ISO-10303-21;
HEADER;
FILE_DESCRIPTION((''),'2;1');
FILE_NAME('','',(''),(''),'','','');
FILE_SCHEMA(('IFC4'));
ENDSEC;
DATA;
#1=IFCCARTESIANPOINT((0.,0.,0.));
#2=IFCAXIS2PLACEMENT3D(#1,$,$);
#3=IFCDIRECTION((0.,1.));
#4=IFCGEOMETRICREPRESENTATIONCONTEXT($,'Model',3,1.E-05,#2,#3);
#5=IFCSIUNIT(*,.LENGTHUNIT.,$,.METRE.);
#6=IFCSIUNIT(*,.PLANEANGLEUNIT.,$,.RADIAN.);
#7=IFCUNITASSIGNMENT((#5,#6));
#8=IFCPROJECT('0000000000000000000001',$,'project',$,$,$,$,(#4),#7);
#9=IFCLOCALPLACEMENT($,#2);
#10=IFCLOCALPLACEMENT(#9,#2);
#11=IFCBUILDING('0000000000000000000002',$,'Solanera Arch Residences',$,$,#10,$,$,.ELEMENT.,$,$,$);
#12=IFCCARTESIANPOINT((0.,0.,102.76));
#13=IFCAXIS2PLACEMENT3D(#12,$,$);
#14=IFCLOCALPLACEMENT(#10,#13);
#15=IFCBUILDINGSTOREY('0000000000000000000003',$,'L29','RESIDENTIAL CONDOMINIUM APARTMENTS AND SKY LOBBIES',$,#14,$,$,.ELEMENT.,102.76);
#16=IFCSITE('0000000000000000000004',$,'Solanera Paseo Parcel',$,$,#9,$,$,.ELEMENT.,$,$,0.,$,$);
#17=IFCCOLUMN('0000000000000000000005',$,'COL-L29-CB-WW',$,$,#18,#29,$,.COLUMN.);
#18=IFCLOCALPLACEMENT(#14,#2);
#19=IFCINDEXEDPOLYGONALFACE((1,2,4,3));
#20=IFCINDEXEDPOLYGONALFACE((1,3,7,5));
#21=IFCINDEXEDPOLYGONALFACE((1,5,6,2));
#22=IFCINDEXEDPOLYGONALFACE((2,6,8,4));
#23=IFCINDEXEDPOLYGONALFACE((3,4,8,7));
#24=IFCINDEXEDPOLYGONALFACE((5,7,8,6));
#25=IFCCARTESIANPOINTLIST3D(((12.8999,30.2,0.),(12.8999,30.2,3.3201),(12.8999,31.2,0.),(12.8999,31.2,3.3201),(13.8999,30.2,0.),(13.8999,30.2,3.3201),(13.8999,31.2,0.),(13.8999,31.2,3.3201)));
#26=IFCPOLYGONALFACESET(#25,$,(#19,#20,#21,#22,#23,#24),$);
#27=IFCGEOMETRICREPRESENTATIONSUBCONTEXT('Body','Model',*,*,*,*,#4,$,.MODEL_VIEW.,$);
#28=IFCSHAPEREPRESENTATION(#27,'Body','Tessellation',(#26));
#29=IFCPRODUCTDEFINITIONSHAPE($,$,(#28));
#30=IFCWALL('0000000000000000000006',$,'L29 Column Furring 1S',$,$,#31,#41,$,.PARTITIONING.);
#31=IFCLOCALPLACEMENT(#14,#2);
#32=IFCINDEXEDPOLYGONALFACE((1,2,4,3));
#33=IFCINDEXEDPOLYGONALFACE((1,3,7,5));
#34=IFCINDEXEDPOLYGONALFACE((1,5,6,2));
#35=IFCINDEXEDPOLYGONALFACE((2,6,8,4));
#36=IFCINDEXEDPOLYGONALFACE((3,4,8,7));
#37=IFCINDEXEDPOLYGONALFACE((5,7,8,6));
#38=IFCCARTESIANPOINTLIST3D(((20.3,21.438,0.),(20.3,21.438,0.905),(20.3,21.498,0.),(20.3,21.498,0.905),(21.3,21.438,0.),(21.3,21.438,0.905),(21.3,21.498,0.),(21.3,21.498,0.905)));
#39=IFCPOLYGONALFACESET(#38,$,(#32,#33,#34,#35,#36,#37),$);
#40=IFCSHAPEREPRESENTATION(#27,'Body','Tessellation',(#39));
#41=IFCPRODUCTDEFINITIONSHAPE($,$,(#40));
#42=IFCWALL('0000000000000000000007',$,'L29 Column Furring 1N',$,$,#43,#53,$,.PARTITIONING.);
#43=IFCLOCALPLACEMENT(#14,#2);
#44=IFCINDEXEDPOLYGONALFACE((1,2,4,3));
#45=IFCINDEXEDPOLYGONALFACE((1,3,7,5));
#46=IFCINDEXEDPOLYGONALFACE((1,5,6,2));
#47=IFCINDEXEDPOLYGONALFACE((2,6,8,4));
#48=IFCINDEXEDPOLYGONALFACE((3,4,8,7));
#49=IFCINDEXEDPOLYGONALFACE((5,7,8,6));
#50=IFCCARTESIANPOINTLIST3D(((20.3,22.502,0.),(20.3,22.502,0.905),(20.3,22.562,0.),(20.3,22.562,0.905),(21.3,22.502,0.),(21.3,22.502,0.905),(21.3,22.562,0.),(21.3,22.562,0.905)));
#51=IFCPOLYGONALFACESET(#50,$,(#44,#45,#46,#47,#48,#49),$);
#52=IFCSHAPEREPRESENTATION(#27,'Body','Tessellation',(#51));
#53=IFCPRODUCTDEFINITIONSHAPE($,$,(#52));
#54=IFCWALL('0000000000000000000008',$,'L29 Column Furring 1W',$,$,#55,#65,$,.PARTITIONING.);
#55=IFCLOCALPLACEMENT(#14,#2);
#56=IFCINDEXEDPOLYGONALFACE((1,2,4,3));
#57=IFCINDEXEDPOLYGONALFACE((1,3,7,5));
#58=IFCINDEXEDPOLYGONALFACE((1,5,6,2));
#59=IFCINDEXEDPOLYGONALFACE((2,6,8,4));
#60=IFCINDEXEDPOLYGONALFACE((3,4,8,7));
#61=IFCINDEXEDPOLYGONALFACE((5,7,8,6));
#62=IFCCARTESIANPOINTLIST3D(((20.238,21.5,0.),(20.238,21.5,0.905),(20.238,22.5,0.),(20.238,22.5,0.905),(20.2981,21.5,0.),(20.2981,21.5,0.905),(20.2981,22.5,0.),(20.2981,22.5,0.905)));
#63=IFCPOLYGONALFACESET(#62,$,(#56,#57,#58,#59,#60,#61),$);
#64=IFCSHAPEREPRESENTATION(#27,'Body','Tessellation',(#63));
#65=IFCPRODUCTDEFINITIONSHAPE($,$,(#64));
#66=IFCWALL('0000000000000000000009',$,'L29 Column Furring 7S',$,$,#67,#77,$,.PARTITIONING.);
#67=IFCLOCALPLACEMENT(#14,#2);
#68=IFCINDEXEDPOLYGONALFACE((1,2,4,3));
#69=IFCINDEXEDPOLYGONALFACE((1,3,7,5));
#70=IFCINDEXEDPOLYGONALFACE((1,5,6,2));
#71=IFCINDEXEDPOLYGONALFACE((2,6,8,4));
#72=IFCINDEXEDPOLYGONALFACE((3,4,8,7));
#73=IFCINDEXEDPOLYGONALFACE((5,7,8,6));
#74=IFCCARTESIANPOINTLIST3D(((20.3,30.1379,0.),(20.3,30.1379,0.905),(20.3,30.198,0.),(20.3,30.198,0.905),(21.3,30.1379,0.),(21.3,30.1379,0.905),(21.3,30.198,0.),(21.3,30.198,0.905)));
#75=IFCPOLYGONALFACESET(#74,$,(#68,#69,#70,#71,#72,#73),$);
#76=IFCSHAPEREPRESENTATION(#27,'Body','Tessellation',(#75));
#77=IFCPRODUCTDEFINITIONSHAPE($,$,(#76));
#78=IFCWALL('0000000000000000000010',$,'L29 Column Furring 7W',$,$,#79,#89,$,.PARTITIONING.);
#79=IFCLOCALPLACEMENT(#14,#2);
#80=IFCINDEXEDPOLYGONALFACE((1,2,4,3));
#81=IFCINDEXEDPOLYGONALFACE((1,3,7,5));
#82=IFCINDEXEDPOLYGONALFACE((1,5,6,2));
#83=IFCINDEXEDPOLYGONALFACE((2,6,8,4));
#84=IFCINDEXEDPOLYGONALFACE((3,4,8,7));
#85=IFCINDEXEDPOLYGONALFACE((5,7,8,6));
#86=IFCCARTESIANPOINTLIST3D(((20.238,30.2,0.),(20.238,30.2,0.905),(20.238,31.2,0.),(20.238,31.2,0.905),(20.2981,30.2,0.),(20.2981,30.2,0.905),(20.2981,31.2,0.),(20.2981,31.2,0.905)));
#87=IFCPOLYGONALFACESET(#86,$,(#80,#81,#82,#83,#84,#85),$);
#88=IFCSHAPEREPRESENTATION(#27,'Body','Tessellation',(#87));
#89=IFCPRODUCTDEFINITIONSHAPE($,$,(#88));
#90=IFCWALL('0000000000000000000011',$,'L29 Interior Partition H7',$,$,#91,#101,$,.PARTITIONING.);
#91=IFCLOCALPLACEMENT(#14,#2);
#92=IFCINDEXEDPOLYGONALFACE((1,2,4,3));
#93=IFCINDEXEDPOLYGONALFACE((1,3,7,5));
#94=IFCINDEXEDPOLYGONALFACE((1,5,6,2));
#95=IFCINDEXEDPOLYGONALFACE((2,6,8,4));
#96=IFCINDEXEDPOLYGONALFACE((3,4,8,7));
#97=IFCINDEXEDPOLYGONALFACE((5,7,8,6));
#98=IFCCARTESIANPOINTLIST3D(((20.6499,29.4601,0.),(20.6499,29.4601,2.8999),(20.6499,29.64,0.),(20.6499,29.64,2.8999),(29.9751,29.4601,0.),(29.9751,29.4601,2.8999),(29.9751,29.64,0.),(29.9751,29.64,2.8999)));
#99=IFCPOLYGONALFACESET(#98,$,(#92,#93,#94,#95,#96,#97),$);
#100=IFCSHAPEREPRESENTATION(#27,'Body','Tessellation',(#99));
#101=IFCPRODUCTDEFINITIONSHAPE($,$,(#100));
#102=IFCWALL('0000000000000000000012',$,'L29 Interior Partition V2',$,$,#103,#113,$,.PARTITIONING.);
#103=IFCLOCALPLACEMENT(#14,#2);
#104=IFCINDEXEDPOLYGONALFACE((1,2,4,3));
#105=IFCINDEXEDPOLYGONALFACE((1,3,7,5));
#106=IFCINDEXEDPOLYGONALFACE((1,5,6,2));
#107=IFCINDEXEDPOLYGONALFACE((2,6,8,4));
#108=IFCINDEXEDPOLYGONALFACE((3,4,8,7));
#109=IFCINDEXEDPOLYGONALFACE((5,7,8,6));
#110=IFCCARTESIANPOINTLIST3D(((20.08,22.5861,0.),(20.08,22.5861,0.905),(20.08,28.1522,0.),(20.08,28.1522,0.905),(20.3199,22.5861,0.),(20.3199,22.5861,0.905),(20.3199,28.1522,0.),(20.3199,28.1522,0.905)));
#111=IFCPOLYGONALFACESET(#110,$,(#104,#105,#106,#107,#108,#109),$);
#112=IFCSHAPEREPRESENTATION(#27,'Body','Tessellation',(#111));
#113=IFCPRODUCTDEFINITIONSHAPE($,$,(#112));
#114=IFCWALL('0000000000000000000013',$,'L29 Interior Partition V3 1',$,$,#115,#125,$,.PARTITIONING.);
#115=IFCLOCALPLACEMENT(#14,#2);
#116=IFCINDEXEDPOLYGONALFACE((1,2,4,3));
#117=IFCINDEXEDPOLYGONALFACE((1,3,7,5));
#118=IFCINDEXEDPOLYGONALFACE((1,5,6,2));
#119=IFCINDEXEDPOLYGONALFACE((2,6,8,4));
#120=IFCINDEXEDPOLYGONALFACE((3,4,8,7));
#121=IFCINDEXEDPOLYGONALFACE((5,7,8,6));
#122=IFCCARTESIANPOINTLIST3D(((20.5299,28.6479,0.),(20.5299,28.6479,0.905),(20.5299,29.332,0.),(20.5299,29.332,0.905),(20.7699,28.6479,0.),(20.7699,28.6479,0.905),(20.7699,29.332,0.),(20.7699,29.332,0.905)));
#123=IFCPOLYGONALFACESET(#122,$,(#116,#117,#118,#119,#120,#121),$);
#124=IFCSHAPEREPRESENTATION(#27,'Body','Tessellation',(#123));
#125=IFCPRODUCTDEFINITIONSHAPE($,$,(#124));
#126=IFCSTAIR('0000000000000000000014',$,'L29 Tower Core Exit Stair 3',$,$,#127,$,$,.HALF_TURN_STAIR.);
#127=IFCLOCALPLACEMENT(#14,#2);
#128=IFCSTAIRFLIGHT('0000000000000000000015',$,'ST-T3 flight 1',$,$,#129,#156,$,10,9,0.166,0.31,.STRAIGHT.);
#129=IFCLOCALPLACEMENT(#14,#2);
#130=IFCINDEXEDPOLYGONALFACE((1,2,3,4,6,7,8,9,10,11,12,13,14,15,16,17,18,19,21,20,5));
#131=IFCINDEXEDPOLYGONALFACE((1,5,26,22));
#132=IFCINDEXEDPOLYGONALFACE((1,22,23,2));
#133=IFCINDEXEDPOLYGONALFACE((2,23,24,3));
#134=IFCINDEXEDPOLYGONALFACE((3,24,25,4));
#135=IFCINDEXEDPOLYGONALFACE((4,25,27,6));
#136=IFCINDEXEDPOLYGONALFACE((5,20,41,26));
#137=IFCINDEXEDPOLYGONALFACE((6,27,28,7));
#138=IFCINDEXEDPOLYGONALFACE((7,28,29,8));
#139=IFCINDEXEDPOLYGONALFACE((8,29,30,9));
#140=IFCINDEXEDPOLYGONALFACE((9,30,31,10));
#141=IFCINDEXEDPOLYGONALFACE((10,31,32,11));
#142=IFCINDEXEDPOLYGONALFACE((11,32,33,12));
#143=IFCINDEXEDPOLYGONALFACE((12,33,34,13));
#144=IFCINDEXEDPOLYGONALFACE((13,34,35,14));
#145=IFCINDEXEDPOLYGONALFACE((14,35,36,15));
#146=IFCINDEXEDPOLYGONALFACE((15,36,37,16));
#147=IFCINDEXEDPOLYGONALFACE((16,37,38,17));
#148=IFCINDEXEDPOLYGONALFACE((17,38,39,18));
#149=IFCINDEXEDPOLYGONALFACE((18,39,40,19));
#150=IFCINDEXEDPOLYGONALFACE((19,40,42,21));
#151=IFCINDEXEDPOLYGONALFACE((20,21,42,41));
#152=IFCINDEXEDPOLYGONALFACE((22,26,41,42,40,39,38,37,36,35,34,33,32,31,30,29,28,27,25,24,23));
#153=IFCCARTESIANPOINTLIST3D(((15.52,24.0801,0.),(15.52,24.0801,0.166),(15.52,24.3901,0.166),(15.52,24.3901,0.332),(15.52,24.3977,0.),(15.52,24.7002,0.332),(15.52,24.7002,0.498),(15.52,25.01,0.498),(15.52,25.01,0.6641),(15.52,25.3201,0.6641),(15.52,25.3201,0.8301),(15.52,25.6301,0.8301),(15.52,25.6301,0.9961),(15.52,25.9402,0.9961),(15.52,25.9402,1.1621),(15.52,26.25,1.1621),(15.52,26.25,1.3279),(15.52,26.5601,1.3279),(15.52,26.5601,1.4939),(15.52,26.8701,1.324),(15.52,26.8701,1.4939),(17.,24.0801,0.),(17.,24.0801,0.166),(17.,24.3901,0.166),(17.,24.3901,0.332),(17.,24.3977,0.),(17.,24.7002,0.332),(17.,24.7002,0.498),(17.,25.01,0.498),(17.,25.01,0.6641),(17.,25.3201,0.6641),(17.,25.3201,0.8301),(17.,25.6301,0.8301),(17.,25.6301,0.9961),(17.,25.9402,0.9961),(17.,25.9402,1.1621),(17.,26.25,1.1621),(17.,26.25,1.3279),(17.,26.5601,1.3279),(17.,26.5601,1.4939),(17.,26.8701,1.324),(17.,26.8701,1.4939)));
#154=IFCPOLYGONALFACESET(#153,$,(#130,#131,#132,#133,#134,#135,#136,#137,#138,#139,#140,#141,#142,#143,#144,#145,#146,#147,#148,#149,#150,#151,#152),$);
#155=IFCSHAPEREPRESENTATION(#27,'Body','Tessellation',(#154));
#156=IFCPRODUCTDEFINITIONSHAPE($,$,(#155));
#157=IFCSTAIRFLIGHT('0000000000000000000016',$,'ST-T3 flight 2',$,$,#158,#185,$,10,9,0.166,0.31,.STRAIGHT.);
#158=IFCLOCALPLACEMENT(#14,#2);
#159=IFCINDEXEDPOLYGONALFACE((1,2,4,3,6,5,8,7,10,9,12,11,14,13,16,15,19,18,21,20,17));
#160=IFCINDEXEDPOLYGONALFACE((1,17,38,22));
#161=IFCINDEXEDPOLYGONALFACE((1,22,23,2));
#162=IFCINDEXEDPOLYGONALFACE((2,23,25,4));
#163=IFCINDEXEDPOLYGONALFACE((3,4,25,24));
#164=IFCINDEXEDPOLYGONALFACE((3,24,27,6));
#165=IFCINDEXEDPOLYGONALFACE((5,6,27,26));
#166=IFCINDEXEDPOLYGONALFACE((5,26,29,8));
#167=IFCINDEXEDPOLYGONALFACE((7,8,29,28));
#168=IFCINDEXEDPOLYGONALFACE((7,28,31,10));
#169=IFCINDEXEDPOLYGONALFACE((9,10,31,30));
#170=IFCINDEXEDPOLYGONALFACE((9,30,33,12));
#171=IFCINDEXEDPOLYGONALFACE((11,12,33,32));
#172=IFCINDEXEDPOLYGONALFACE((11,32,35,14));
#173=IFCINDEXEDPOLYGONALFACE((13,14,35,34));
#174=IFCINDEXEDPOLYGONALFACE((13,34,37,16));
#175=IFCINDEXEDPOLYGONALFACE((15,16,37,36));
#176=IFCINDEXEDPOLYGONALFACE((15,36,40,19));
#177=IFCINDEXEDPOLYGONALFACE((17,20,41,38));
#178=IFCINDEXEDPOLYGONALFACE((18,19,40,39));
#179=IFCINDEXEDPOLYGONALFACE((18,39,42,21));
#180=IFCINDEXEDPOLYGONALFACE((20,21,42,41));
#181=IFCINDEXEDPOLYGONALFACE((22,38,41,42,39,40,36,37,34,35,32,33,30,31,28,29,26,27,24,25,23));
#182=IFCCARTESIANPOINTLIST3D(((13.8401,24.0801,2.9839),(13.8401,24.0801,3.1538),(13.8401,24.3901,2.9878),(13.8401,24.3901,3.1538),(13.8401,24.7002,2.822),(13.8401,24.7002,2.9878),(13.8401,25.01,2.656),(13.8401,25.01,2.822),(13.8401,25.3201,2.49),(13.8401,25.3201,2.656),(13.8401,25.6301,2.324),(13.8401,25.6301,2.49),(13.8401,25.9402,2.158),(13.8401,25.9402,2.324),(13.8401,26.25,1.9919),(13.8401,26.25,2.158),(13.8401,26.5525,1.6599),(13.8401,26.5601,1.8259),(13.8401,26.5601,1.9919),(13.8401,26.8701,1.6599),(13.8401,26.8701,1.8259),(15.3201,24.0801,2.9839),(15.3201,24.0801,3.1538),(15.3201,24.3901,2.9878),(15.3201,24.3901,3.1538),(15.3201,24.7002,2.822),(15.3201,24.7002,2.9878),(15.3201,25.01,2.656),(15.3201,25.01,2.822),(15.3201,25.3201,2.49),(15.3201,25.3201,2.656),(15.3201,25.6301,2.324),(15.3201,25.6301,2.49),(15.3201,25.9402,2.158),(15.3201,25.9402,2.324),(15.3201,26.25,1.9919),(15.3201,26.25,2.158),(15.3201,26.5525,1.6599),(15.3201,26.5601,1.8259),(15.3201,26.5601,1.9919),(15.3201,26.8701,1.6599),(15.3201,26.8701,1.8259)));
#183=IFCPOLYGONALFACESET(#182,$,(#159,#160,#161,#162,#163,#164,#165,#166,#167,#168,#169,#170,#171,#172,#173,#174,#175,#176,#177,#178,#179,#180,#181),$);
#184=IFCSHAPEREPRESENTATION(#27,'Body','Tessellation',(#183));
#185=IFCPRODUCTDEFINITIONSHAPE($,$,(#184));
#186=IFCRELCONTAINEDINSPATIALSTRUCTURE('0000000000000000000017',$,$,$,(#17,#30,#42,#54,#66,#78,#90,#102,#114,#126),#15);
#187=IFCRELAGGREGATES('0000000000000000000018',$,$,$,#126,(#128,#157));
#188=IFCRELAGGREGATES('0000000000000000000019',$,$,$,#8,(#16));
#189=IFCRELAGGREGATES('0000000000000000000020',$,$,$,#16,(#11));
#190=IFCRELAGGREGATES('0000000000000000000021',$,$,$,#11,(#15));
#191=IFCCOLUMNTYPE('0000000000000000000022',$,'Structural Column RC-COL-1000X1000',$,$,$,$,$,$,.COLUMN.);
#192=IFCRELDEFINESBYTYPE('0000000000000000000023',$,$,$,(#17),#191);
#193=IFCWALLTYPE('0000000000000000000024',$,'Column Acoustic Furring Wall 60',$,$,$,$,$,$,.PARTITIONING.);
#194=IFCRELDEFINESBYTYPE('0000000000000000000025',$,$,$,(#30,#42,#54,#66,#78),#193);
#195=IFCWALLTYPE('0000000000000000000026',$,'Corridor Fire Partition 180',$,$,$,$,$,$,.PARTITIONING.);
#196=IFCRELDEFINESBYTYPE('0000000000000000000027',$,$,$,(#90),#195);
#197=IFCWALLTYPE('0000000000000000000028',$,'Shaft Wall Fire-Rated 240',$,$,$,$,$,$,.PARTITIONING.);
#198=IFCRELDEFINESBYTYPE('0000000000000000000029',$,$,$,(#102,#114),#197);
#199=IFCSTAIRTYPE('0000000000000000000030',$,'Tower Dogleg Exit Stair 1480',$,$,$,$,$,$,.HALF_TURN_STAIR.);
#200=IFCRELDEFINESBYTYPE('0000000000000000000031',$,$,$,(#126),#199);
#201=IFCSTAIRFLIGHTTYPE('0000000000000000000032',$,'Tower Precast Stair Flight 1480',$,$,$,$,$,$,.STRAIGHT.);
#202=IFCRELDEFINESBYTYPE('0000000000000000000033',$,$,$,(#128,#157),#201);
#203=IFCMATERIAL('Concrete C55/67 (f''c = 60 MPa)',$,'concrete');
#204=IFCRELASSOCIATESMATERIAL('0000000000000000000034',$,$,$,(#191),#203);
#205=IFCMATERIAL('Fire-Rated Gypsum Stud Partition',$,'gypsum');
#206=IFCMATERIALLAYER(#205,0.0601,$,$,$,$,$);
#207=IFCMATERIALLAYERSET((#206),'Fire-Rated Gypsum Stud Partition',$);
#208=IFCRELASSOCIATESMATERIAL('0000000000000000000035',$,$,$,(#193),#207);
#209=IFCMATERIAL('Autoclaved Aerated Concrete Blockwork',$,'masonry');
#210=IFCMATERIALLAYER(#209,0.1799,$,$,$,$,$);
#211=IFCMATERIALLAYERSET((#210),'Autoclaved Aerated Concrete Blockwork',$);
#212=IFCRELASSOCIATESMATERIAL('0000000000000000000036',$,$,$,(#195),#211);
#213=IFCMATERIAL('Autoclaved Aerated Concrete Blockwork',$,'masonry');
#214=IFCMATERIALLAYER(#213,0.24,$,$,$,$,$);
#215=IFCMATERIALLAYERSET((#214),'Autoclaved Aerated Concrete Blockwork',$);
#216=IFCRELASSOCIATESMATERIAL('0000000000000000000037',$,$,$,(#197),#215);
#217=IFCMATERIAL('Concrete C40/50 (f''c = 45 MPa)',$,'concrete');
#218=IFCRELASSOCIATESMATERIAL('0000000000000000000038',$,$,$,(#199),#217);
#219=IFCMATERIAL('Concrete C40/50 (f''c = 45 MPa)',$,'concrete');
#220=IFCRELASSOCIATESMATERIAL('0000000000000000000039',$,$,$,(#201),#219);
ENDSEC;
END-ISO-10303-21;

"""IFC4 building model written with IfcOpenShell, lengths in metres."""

from ifc_helpers import new_model, si_unit, direction, frame, frame_2d, origin, origin_2d, place, context, subcontext, project, spatial, polyline, rectangle, outline, extrude, material, layer, layer_set, material_profile, profile_set, type_object, element, aggregate, save


model = new_model("IFC4")

# Units and contexts
model_context = context("Model", 3, precision=1e-05, world=origin(), true_north=direction((0.0, 1.0)))
body_context = subcontext(model_context, "Body", "Model", "MODEL_VIEW")
ifc_project = project(units=[si_unit("LENGTHUNIT", "METRE"), si_unit("PLANEANGLEUNIT", "RADIAN")], contexts=[model_context])

# Site, building, storey
site_placement = place(None, origin())
site = spatial("IfcSite", under=ifc_project, at=site_placement, Name="Solanera Paseo Parcel", CompositionType="ELEMENT", RefElevation=0.0)
building_placement = place(site_placement, origin())
building = spatial("IfcBuilding", under=site, at=building_placement, Name="Solanera Arch Residences", CompositionType="ELEMENT")
storey_placement = place(building_placement, frame((0.0, 0.0, 102.76)))
storey = spatial("IfcBuildingStorey", under=building, at=storey_placement, Name="L29", Description="RESIDENTIAL CONDOMINIUM APARTMENTS AND SKY LOBBIES", CompositionType="ELEMENT", Elevation=102.76)

# Column
ifc_material_1 = material(Name="Concrete C55/67 (f'c = 60 MPa)", Category="concrete")
ifc_material_profile = material_profile(ifc_material_1, rectangle(XDim=1.0, YDim=1.0, at=origin_2d()))
ifc_profile_set = profile_set([ifc_material_profile], Name="Concrete C55/67 (f'c = 60 MPa)")
column_type = type_object("IfcColumnType", Name="Structural Column RC-COL-1000X1000", PredefinedType="COLUMN", material=ifc_profile_set)
column_placement = place(storey_placement, frame((13.3999, 30.7, 0.0), z_axis=(0.0, 0.0, 1.0), x_axis=(1.0, 0.0, 0.0)))
element("IfcColumn", 1, at=column_placement, inside=storey, type_object=column_type, Name="COL-L29-CB-WW", PredefinedType="COLUMN", context=body_context, shape_type="SweptSolid", body=[
    extrude(rectangle(XDim=1.0, YDim=1.0, at=origin_2d()), origin(), (0.0, 0.0, 1.0), 3.3201),
])

# Walls
ifc_material_2 = material(Name="Fire-Rated Gypsum Stud Partition", Category="gypsum")
ifc_layer_1 = layer(ifc_material_2, 0.0601)
ifc_layer_set_1 = layer_set([ifc_layer_1], Name="Fire-Rated Gypsum Stud Partition")
wall_type_1 = type_object("IfcWallType", Name="Column Acoustic Furring Wall 60", PredefinedType="PARTITIONING", material=ifc_layer_set_1)
for number, where, z_axis, x_axis, name in (
    (2, (20.3, 21.468, 0.0), (0.0, 0.0, 1.0), (1.0, 0.0, 0.0), "L29 Column Furring 1S"),
    (3, (20.3, 22.532, 0.0), (0.0, 0.0, 1.0), (1.0, 0.0, 0.0), "L29 Column Furring 1N"),
    (4, (20.2681, 21.5, 0.0), (0.0, 0.0, 1.0), (0.0, 1.0, 0.0), "L29 Column Furring 1W"),
    (5, (20.3, 30.168, 0.0), (0.0, 0.0, 1.0), (1.0, 0.0, 0.0), "L29 Column Furring 7S"),
    (6, (20.2681, 30.2, 0.0), (0.0, 0.0, 1.0), (0.0, 1.0, 0.0), "L29 Column Furring 7W"),
):
    element("IfcWall", number, at=place(storey_placement, frame(where, z_axis=z_axis, x_axis=x_axis)), inside=storey, type_object=wall_type_1, Name=name, PredefinedType="PARTITIONING", context=body_context, shape_type="SweptSolid", body=[
        extrude(rectangle(XDim=1.0, YDim=0.0601, at=frame_2d((0.5, 0.0))), origin(), (0.0, 0.0, 1.0), 0.905),
    ])

# Wall
ifc_material_3 = material(Name="Autoclaved Aerated Concrete Blockwork", Category="masonry")
ifc_layer_2 = layer(ifc_material_3, 0.1799)
ifc_layer_set_2 = layer_set([ifc_layer_2], Name="Autoclaved Aerated Concrete Blockwork")
wall_type_2 = type_object("IfcWallType", Name="Corridor Fire Partition 180", PredefinedType="PARTITIONING", material=ifc_layer_set_2)
wall_1_placement = place(storey_placement, frame((20.6499, 29.55, 0.0), z_axis=(0.0, 0.0, 1.0), x_axis=(1.0, 0.0, 0.0)))
element("IfcWall", 7, at=wall_1_placement, inside=storey, type_object=wall_type_2, Name="L29 Interior Partition H7", PredefinedType="PARTITIONING", context=body_context, shape_type="SweptSolid", body=[
    extrude(rectangle(XDim=9.3252, YDim=0.1799, at=frame_2d((4.6626, 0.0))), origin(), (0.0, 0.0, 1.0), 2.8999),
])

# Shared definitions
ifc_material_4 = material(Name="Autoclaved Aerated Concrete Blockwork", Category="masonry")
ifc_layer_3 = layer(ifc_material_4, 0.24)
ifc_layer_set_3 = layer_set([ifc_layer_3], Name="Autoclaved Aerated Concrete Blockwork")
wall_type_3 = type_object("IfcWallType", Name="Shaft Wall Fire-Rated 240", PredefinedType="PARTITIONING", material=ifc_layer_set_3)

# Walls
wall_2_placement = place(storey_placement, frame((20.2, 22.5859, 0.0), z_axis=(0.0, 0.0, 1.0), x_axis=(0.0, 1.0, 0.0)))
element("IfcWall", 8, at=wall_2_placement, inside=storey, type_object=wall_type_3, Name="L29 Interior Partition V2", PredefinedType="PARTITIONING", context=body_context, shape_type="SweptSolid", body=[
    extrude(rectangle(XDim=5.5662, YDim=0.24, at=frame_2d((2.7832, 0.0))), origin(), (0.0, 0.0, 1.0), 0.905),
])
wall_3_placement = place(storey_placement, frame((20.6499, 28.6479, 0.0), z_axis=(0.0, 0.0, 1.0), x_axis=(0.0, 1.0, 0.0)))
element("IfcWall", 9, at=wall_3_placement, inside=storey, type_object=wall_type_3, Name="L29 Interior Partition V3 1", PredefinedType="PARTITIONING", context=body_context, shape_type="SweptSolid", body=[
    extrude(rectangle(XDim=0.6841, YDim=0.24, at=frame_2d((0.342, 0.0))), origin(), (0.0, 0.0, 1.0), 0.905),
])

# Stair, stair flights
ifc_material_5 = material(Name="Concrete C40/50 (f'c = 45 MPa)", Category="concrete")
stair_type = type_object("IfcStairType", Name="Tower Dogleg Exit Stair 1480", PredefinedType="HALF_TURN_STAIR", material=ifc_material_5)
stair_placement = place(storey_placement, origin())
stair = element("IfcStair", 10, at=stair_placement, inside=storey, type_object=stair_type, Name="L29 Tower Core Exit Stair 3", PredefinedType="HALF_TURN_STAIR")
ifc_material_6 = material(Name="Concrete C40/50 (f'c = 45 MPa)", Category="concrete")
stair_flight_type = type_object("IfcStairFlightType", Name="Tower Precast Stair Flight 1480", PredefinedType="STRAIGHT", material=ifc_material_6)
stair_flight_1_placement = place(storey_placement, frame((16.26, 24.0801, 0.0), z_axis=(0.0, 0.0, 1.0), x_axis=(0.0, 1.0, 0.0)))
stair_flight_1 = element("IfcStairFlight", 11, at=stair_flight_1_placement, type_object=stair_flight_type, Name="ST-T3 flight 1", NumberOfRisers=10, NumberOfTreads=9, PredefinedType="STRAIGHT", RiserHeight=0.166, TreadLength=0.31, context=body_context, shape_type="SweptSolid", body=[
    extrude(outline(polyline([(0.0, 0.0), (0.0, 0.166), (0.3101, 0.166), (0.3101, 0.332), (0.6201, 0.332), (0.6201, 0.498), (0.9299, 0.498), (0.9299, 0.6641), (1.24, 0.6641), (1.24, 0.8301), (1.55, 0.8301), (1.55, 0.9961), (1.8601, 0.9961), (1.8601, 1.1621), (2.1699, 1.1621), (2.1699, 1.3279), (2.48, 1.3279), (2.48, 1.4939), (2.79, 1.4939), (2.79, 1.6599), (2.79, 1.324), (0.3176, 0.0), (0.0, 0.0)])), frame((0.0, 0.74, 0.0), z_axis=(0.0, -1.0, 0.0), x_axis=(1.0, 0.0, 0.0)), (0.0, 0.0, 1.0), 1.48),
])
stair_flight_2_placement = place(storey_placement, frame((14.5801, 26.8701, 1.6599), z_axis=(0.0, 0.0, 1.0), x_axis=(0.0, -1.0, 0.0)))
stair_flight_2 = element("IfcStairFlight", 12, at=stair_flight_2_placement, type_object=stair_flight_type, Name="ST-T3 flight 2", NumberOfRisers=10, NumberOfTreads=9, PredefinedType="STRAIGHT", RiserHeight=0.166, TreadLength=0.31, context=body_context, shape_type="SweptSolid", body=[
    extrude(outline(polyline([(0.0, 0.0), (0.0, 0.166), (0.3101, 0.166), (0.3101, 0.332), (0.6201, 0.332), (0.6201, 0.498), (0.9299, 0.498), (0.9299, 0.6641), (1.24, 0.6641), (1.24, 0.8301), (1.55, 0.8301), (1.55, 0.9961), (1.8601, 0.9961), (1.8601, 1.1621), (2.1699, 1.1621), (2.1699, 1.3279), (2.48, 1.3279), (2.48, 1.4939), (2.79, 1.4939), (2.79, 1.6599), (2.79, 1.324), (0.3176, 0.0), (0.0, 0.0)])), frame((0.0, 0.74, 0.0), z_axis=(0.0, -1.0, 0.0), x_axis=(1.0, 0.0, 0.0)), (0.0, 0.0, 1.0), 1.48),
])
aggregate(stair, [stair_flight_1, stair_flight_2])

save(model, "model.ifc")
